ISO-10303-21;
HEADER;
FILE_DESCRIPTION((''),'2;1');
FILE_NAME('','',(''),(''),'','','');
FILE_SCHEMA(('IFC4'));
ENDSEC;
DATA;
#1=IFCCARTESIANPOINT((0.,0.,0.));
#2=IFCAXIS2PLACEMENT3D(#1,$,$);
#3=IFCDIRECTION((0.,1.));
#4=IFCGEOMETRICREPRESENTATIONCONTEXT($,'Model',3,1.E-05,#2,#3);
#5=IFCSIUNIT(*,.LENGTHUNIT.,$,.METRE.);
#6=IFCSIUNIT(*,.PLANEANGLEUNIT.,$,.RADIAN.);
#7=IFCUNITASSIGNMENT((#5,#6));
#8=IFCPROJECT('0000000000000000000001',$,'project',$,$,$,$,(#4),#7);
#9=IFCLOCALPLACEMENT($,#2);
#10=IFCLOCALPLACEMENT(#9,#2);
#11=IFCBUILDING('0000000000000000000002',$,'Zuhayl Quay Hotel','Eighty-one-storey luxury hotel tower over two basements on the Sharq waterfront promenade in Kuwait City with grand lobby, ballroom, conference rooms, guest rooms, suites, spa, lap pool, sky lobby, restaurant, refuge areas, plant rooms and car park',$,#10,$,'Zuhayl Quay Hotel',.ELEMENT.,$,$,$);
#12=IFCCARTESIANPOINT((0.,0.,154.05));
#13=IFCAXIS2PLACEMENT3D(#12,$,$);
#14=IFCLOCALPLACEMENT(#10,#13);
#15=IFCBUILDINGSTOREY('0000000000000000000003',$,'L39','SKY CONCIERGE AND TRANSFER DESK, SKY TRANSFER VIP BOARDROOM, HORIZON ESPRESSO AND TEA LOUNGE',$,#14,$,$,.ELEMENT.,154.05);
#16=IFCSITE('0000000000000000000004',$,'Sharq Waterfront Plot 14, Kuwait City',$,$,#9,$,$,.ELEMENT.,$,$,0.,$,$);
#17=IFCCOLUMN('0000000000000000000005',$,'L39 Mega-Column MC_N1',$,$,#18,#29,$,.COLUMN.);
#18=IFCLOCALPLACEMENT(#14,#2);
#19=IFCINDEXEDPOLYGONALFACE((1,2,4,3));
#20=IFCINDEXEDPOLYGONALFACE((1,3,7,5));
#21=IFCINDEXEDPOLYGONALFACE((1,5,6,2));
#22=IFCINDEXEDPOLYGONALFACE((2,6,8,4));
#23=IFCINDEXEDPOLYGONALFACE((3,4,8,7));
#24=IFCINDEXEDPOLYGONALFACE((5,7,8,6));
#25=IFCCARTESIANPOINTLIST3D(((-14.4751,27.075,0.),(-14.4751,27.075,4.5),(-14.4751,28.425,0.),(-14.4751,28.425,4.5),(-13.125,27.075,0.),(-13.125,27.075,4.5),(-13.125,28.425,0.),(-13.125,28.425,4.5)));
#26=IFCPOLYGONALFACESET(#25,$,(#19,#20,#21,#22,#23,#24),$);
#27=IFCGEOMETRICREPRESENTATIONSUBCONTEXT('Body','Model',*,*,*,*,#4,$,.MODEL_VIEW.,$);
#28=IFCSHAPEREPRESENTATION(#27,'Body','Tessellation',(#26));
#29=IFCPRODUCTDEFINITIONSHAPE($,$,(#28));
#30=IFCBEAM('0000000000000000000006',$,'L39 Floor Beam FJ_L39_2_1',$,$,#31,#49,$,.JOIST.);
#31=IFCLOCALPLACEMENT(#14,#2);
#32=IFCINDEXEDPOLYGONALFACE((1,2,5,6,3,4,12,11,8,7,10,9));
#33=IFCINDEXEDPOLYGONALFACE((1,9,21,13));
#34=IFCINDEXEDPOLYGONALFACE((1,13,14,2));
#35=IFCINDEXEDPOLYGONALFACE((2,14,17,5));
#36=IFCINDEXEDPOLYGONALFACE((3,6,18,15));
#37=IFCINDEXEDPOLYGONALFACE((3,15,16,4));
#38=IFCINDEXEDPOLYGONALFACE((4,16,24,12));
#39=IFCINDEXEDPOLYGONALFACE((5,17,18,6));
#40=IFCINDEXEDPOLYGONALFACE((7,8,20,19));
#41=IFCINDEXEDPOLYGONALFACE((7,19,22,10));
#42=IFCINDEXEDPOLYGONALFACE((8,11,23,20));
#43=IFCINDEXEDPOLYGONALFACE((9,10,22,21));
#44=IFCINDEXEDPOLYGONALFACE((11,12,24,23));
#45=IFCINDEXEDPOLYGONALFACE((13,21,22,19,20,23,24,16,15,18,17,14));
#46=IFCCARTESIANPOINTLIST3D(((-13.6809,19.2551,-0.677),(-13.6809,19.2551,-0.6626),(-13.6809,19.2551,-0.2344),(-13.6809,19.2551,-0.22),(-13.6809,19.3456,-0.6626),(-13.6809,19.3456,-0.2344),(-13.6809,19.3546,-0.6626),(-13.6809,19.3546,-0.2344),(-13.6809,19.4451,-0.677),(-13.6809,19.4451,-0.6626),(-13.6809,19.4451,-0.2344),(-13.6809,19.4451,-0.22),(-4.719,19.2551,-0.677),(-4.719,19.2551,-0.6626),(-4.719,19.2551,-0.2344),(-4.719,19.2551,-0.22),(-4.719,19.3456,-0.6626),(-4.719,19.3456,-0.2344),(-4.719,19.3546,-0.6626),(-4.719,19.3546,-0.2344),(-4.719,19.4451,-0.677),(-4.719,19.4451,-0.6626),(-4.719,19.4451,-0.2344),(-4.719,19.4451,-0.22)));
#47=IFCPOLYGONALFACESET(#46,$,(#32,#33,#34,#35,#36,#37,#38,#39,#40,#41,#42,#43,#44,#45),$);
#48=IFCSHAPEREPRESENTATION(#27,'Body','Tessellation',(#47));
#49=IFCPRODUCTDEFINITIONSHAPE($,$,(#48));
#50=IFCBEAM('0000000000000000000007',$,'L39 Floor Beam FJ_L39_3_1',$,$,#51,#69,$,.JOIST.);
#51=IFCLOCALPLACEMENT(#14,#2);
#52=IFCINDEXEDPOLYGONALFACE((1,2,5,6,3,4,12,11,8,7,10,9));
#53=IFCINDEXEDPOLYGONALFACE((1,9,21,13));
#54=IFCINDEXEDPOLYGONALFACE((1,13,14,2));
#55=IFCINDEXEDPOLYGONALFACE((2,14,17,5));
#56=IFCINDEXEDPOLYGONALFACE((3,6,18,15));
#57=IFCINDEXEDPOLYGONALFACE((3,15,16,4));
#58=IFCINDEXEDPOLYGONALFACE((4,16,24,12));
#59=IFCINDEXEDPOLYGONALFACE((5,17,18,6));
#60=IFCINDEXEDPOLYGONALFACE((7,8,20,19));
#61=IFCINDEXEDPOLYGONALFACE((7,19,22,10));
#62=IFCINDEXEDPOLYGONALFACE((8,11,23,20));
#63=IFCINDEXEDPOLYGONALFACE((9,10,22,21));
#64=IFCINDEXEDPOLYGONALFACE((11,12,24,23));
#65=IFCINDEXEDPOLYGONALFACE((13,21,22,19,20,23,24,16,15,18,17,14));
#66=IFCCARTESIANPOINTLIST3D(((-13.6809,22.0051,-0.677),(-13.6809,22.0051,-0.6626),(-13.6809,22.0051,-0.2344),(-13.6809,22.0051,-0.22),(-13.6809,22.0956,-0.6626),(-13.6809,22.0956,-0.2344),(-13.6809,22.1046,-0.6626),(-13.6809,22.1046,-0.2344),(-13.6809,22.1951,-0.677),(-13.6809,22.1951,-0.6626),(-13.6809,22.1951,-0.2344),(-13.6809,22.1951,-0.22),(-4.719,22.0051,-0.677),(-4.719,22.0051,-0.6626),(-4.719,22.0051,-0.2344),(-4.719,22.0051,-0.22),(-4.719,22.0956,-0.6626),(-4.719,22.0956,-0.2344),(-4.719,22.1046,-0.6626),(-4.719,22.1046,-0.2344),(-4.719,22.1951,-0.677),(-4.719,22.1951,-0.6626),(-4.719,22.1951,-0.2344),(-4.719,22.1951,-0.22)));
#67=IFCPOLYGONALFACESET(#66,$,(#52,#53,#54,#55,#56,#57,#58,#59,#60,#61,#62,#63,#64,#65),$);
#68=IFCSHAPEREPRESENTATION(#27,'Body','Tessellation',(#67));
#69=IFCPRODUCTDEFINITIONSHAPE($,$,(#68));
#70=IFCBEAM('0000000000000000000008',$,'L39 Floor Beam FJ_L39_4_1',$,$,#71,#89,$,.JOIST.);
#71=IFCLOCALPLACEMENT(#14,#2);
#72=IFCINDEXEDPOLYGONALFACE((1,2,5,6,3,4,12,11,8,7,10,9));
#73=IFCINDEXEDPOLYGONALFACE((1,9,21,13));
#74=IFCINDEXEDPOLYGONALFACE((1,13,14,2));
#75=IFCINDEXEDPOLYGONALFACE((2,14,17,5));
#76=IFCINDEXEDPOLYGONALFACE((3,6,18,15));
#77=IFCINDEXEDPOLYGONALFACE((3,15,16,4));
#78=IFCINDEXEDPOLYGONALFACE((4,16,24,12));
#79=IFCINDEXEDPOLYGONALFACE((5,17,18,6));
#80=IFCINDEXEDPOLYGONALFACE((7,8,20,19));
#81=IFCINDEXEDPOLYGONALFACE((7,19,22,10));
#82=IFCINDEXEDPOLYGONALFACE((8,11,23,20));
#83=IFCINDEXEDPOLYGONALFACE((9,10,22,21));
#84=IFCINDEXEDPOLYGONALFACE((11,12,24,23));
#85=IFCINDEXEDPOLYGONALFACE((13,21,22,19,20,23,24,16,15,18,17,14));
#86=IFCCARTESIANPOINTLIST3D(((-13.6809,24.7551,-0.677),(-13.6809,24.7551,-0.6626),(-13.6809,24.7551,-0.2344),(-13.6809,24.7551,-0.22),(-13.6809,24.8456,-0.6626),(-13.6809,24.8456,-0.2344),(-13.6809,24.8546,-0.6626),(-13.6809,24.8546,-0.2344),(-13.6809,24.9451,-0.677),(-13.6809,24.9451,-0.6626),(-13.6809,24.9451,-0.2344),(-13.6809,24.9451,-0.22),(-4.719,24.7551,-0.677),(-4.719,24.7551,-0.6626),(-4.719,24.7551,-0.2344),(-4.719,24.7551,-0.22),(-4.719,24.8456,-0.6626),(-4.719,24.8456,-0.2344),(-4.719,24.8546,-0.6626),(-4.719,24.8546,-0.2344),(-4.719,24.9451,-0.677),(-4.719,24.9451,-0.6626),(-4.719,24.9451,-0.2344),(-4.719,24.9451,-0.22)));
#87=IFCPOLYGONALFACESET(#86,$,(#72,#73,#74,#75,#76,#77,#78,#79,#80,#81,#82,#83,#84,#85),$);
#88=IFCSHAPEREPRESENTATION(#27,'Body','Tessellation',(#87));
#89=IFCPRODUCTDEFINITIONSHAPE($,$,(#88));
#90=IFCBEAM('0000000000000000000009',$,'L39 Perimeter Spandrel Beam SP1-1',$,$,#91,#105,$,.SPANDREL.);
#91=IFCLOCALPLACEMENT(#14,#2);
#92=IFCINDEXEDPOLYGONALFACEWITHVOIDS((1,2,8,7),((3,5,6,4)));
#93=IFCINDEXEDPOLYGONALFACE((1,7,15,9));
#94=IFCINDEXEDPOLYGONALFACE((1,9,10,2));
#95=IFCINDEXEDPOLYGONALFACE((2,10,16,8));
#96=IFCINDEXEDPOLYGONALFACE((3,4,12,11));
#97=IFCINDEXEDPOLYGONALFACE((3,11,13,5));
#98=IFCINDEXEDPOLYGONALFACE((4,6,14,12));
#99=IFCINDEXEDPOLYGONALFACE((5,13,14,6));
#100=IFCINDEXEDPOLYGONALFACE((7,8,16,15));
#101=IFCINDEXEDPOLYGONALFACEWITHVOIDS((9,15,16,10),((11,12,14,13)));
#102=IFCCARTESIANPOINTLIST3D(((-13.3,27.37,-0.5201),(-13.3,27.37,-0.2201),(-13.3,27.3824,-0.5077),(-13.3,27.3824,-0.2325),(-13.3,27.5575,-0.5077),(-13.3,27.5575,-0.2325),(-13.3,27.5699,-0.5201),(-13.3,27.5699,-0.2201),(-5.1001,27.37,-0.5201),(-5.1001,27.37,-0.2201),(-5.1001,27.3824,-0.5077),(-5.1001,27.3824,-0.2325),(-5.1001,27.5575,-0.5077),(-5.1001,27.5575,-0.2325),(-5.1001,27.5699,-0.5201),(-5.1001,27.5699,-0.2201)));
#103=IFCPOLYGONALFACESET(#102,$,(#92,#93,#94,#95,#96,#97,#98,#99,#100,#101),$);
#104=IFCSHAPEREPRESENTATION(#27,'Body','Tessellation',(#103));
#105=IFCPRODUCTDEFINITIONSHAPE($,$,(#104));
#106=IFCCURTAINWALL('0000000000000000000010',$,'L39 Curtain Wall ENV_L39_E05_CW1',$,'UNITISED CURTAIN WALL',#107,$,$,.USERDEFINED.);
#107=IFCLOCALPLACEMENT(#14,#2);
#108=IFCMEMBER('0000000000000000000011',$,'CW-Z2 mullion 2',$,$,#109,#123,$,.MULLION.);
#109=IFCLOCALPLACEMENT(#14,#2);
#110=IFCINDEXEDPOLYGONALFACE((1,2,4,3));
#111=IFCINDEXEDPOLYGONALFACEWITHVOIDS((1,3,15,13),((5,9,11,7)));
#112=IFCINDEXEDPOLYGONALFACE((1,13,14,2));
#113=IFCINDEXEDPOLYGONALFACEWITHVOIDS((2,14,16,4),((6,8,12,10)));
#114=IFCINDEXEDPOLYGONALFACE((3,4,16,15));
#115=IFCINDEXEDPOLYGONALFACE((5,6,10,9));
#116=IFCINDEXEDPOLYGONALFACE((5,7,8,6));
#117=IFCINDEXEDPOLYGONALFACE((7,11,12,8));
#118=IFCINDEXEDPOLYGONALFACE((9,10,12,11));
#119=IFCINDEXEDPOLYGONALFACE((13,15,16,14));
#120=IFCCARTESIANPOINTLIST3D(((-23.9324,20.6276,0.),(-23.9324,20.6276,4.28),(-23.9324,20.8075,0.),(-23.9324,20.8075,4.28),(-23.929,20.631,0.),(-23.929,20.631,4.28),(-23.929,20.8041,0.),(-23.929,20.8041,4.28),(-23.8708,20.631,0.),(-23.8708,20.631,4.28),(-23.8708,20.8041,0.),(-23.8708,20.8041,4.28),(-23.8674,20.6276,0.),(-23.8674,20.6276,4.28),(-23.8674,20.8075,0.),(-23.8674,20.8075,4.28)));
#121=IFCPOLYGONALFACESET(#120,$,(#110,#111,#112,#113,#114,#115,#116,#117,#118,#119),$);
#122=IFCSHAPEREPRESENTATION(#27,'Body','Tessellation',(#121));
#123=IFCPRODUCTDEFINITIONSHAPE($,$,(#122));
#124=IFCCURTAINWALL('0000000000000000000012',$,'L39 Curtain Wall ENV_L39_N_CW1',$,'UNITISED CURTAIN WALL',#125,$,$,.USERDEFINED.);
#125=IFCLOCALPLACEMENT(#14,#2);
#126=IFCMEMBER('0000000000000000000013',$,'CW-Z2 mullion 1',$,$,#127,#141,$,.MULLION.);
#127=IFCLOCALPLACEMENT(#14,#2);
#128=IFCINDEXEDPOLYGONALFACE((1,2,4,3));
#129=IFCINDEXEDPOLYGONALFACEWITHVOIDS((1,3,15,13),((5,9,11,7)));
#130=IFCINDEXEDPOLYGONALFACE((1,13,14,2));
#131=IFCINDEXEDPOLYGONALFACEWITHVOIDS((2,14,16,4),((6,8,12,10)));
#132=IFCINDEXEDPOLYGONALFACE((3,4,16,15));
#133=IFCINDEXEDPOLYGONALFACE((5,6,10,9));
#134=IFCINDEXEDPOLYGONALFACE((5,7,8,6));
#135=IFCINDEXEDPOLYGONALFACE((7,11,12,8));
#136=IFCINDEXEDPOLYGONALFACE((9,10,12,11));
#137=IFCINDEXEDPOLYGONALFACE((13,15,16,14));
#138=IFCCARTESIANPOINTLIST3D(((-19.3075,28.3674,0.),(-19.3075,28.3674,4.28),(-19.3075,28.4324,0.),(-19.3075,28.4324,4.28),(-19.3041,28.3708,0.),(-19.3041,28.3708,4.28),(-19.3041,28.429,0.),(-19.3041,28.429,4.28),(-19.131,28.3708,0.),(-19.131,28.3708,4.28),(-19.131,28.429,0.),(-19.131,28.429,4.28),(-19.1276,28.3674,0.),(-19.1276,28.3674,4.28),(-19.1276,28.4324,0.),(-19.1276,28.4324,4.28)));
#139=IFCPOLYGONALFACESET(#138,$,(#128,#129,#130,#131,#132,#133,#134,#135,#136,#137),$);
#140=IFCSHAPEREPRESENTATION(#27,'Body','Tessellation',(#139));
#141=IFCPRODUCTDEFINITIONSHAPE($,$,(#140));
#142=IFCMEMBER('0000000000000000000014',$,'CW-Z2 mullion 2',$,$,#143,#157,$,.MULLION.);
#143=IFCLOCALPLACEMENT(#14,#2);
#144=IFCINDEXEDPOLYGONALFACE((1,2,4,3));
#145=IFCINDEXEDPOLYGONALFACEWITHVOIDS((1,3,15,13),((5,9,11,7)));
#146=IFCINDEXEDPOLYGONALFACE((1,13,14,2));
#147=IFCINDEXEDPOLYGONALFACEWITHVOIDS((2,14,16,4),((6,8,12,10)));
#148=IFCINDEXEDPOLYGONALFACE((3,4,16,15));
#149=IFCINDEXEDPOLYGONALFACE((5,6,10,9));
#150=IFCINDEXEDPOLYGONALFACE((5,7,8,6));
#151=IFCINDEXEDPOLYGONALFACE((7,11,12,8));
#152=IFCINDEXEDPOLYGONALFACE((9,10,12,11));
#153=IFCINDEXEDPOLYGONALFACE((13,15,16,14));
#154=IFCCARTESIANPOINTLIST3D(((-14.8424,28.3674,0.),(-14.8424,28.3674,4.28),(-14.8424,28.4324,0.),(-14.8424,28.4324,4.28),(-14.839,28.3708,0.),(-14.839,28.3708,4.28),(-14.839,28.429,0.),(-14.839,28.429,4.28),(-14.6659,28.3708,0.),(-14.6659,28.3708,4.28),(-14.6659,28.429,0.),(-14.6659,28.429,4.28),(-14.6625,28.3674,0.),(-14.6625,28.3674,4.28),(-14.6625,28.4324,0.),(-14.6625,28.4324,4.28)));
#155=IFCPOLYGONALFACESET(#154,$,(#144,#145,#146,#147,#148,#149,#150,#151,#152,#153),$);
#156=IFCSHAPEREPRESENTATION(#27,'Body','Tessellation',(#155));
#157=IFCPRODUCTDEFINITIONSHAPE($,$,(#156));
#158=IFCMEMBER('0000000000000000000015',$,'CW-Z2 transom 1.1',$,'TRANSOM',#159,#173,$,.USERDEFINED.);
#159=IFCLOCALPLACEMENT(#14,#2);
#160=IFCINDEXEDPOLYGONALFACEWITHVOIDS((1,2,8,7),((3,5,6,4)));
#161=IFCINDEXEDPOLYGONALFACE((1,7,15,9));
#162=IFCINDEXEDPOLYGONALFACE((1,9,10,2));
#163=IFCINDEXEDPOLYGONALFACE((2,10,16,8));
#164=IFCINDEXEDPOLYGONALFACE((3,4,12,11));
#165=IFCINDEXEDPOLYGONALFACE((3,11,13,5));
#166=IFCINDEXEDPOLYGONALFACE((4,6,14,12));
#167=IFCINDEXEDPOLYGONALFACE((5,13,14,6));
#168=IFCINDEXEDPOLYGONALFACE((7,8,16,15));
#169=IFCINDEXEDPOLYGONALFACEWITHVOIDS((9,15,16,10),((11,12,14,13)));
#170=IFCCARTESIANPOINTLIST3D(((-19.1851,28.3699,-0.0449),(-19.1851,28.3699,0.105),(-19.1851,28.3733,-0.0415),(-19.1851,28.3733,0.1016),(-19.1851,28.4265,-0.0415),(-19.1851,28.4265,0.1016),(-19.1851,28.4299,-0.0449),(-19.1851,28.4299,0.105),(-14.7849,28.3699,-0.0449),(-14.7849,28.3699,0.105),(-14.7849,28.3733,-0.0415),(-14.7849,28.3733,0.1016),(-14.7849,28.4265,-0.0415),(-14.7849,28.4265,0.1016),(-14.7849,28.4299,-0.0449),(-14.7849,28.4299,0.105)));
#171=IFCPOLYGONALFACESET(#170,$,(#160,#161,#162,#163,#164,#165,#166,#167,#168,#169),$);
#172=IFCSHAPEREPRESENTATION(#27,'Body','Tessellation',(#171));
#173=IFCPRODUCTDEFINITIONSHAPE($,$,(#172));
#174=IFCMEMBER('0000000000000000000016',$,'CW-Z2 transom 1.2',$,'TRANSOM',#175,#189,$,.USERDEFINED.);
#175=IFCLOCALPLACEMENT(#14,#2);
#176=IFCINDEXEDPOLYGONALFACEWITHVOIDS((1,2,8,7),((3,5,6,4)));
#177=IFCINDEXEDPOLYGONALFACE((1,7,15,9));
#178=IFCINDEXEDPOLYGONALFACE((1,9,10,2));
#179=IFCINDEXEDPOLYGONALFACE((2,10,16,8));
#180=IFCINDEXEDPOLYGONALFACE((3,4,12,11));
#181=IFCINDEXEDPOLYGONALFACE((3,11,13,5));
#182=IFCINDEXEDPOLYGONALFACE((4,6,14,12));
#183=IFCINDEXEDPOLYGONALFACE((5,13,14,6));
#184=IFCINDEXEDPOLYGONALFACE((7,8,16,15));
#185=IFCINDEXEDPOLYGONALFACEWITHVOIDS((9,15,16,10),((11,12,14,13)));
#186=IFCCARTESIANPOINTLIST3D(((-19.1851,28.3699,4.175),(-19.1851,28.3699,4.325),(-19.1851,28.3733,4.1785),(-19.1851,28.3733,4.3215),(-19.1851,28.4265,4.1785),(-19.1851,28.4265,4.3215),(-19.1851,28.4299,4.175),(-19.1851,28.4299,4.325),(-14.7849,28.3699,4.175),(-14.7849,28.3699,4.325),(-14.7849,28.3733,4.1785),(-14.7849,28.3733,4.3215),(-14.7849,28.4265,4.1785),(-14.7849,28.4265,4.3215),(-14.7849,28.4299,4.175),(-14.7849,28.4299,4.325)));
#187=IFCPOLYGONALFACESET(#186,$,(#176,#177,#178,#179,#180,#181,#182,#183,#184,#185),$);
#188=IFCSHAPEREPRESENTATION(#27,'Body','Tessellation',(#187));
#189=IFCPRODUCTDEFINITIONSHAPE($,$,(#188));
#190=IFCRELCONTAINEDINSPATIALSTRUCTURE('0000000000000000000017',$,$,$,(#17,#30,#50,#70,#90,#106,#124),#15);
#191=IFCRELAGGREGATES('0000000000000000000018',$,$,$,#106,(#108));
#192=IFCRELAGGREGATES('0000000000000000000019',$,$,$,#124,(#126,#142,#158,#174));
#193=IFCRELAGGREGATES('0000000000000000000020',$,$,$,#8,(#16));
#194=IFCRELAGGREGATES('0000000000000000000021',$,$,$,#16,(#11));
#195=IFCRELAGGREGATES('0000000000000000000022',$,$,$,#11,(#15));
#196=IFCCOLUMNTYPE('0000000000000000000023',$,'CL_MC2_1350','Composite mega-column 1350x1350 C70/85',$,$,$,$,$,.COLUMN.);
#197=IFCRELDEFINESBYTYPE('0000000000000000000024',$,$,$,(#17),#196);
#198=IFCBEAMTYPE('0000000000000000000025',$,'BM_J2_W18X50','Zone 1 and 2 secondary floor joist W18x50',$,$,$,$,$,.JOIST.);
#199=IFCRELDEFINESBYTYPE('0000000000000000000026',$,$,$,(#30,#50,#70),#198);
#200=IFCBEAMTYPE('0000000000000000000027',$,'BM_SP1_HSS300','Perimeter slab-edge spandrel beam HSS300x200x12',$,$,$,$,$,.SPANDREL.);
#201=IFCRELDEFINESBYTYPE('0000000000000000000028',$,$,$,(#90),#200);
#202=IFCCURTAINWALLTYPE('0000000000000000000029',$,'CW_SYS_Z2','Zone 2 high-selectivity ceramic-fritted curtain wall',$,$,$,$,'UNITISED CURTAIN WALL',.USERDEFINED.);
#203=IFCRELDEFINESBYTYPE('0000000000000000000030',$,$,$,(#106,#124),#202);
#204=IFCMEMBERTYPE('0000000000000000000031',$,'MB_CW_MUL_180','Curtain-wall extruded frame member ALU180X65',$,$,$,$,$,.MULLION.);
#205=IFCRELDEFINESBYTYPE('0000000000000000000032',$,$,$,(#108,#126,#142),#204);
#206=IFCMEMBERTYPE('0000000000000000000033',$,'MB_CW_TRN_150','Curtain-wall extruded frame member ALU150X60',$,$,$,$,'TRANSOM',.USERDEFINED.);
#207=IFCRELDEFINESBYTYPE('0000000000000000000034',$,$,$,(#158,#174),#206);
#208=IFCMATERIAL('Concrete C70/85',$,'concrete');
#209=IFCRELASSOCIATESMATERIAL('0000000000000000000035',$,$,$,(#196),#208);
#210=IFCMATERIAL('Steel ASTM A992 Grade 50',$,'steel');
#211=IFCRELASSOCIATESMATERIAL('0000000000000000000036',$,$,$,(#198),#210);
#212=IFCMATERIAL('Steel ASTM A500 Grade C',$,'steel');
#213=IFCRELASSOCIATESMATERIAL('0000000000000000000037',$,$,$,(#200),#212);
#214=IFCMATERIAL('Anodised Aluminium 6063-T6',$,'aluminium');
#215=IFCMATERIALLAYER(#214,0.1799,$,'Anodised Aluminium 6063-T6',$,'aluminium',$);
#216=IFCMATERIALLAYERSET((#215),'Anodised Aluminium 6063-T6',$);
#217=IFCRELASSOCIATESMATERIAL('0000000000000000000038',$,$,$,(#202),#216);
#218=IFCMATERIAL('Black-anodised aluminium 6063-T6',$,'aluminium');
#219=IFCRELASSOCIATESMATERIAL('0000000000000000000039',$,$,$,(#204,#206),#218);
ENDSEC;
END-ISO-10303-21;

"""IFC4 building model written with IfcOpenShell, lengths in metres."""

from ifc_helpers import new_model, si_unit, direction, frame, origin, origin_2d, place, context, subcontext, project, spatial, rectangle, hollow_rectangle, i_section, extrude, material, layer, layer_set, material_profile, profile_set, type_object, element, aggregate, save


model = new_model("IFC4")

# Units and contexts
model_context = context("Model", 3, precision=1e-05, world=origin(), true_north=direction((0.0, 1.0)))
body_context = subcontext(model_context, "Body", "Model", "MODEL_VIEW")
ifc_project = project(units=[si_unit("LENGTHUNIT", "METRE"), si_unit("PLANEANGLEUNIT", "RADIAN")], contexts=[model_context])

# Site, building, storey
site_placement = place(None, origin())
site = spatial("IfcSite", under=ifc_project, at=site_placement, Name="Sharq Waterfront Plot 14, Kuwait City", CompositionType="ELEMENT", RefElevation=0.0)
building_placement = place(site_placement, origin())
building = spatial("IfcBuilding", under=site, at=building_placement, Name="Zuhayl Quay Hotel", Description="Eighty-one-storey luxury hotel tower over two basements on the Sharq waterfront promenade in Kuwait City with grand lobby, ballroom, conference rooms, guest rooms, suites, spa, lap pool, sky lobby, restaurant, refuge areas, plant rooms and car park", LongName="Zuhayl Quay Hotel", CompositionType="ELEMENT")
storey_placement = place(building_placement, frame((0.0, 0.0, 154.05)))
storey = spatial("IfcBuildingStorey", under=building, at=storey_placement, Name="L39", Description="SKY CONCIERGE AND TRANSFER DESK, SKY TRANSFER VIP BOARDROOM, HORIZON ESPRESSO AND TEA LOUNGE", CompositionType="ELEMENT", Elevation=154.05)

# Column
ifc_material_1 = material(Name="Concrete C70/85", Category="concrete")
ifc_material_profile_1 = material_profile(ifc_material_1, rectangle(XDim=1.3501, YDim=1.3501, at=origin_2d()), Name="RC1350X1350")
ifc_profile_set_1 = profile_set([ifc_material_profile_1], Name="Concrete C70/85")
column_type = type_object("IfcColumnType", Name="CL_MC2_1350", Description="Composite mega-column 1350x1350 C70/85", PredefinedType="COLUMN", material=ifc_profile_set_1)
column_placement = place(storey_placement, frame((-13.8, 27.75, 0.0), z_axis=(0.0, 0.0, 1.0), x_axis=(1.0, 0.0, 0.0)))
element("IfcColumn", 1, at=column_placement, inside=storey, type_object=column_type, Name="L39 Mega-Column MC_N1", PredefinedType="COLUMN", context=body_context, shape_type="SweptSolid", body=[
    extrude(rectangle(XDim=1.3501, YDim=1.3501, at=origin_2d()), origin(), (0.0, 0.0, 1.0), 4.5),
])

# Beams
ifc_material_2 = material(Name="Steel ASTM A992 Grade 50", Category="steel")
ifc_material_profile_2 = material_profile(ifc_material_2, i_section(OverallWidth=0.1899, OverallDepth=0.457, WebThickness=0.009, FlangeThickness=0.0144, at=origin_2d()), Name="W18X50")
ifc_profile_set_2 = profile_set([ifc_material_profile_2], Name="Steel ASTM A992 Grade 50")
beam_type_1 = type_object("IfcBeamType", Name="BM_J2_W18X50", Description="Zone 1 and 2 secondary floor joist W18x50", PredefinedType="JOIST", material=ifc_profile_set_2)
for number, where, z_axis, x_axis, name in (
    (2, (-13.6809, 19.3501, -0.4485), (1.0, 0.0, 0.0), (0.0, 1.0, 0.0), "L39 Floor Beam FJ_L39_2_1"),
    (3, (-13.6809, 22.1001, -0.4485), (1.0, 0.0, 0.0), (0.0, 1.0, 0.0), "L39 Floor Beam FJ_L39_3_1"),
    (4, (-13.6809, 24.8501, -0.4485), (1.0, 0.0, 0.0), (0.0, 1.0, 0.0), "L39 Floor Beam FJ_L39_4_1"),
):
    element("IfcBeam", number, at=place(storey_placement, frame(where, z_axis=z_axis, x_axis=x_axis)), inside=storey, type_object=beam_type_1, Name=name, PredefinedType="JOIST", context=body_context, shape_type="SweptSolid", body=[
        extrude(i_section(OverallWidth=0.1899, OverallDepth=0.457, WebThickness=0.009, FlangeThickness=0.0144, at=origin_2d()), origin(), (0.0, 0.0, 1.0), 8.9619),
    ])
ifc_material_3 = material(Name="Steel ASTM A500 Grade C", Category="steel")
ifc_material_profile_3 = material_profile(ifc_material_3, hollow_rectangle(XDim=0.2, YDim=0.3, WallThickness=0.0125, at=origin_2d()), Name="HSS300X200X12")
ifc_profile_set_3 = profile_set([ifc_material_profile_3], Name="Steel ASTM A500 Grade C")
beam_type_2 = type_object("IfcBeamType", Name="BM_SP1_HSS300", Description="Perimeter slab-edge spandrel beam HSS300x200x12", PredefinedType="SPANDREL", material=ifc_profile_set_3)
beam_placement = place(storey_placement, frame((-13.3, 27.47, -0.3701), z_axis=(1.0, 0.0, 0.0), x_axis=(0.0, 1.0, 0.0)))
element("IfcBeam", 5, at=beam_placement, inside=storey, type_object=beam_type_2, Name="L39 Perimeter Spandrel Beam SP1-1", PredefinedType="SPANDREL", context=body_context, shape_type="SweptSolid", body=[
    extrude(hollow_rectangle(XDim=0.2, YDim=0.3, WallThickness=0.0125, at=origin_2d()), origin(), (0.0, 0.0, 1.0), 8.2),
])

# Curtain wall, member
ifc_material_4 = material(Name="Anodised Aluminium 6063-T6", Category="aluminium")
ifc_layer_1 = layer(ifc_material_4, 0.1799, Name="Anodised Aluminium 6063-T6", Category="aluminium")
ifc_layer_set_1 = layer_set([ifc_layer_1], Name="Anodised Aluminium 6063-T6")
curtain_wall_type = type_object("IfcCurtainWallType", Name="CW_SYS_Z2", Description="Zone 2 high-selectivity ceramic-fritted curtain wall", ElementType="UNITISED CURTAIN WALL", PredefinedType="USERDEFINED", material=ifc_layer_set_1)
curtain_wall_1_placement = place(storey_placement, origin())
curtain_wall_1 = element("IfcCurtainWall", 6, at=curtain_wall_1_placement, inside=storey, type_object=curtain_wall_type, Name="L39 Curtain Wall ENV_L39_E05_CW1", ObjectType="UNITISED CURTAIN WALL", PredefinedType="USERDEFINED")
ifc_material_5 = material(Name="Black-anodised aluminium 6063-T6", Category="aluminium")
ifc_material_profile_4 = material_profile(ifc_material_5, hollow_rectangle(XDim=0.0649, YDim=0.1799, WallThickness=0.0034, at=origin_2d()), Name="ALU180X65")
ifc_profile_set_4 = profile_set([ifc_material_profile_4], Name="Black-anodised aluminium 6063-T6")
member_type_1 = type_object("IfcMemberType", Name="MB_CW_MUL_180", Description="Curtain-wall extruded frame member ALU180X65", PredefinedType="MULLION", material=ifc_profile_set_4)
member_1_placement = place(storey_placement, frame((-23.8999, 20.7175, 0.0), z_axis=(0.0, 0.0, 1.0), x_axis=(-1.0, 0.0, 0.0)))
member_1 = element("IfcMember", 7, at=member_1_placement, type_object=member_type_1, Name="CW-Z2 mullion 2", PredefinedType="MULLION", context=body_context, shape_type="SweptSolid", body=[
    extrude(hollow_rectangle(XDim=0.0649, YDim=0.1799, WallThickness=0.0034, at=origin_2d()), origin(), (0.0, 0.0, 1.0), 4.28),
])
aggregate(curtain_wall_1, [member_1])

# Curtain wall, members
curtain_wall_2_placement = place(storey_placement, origin())
curtain_wall_2 = element("IfcCurtainWall", 8, at=curtain_wall_2_placement, inside=storey, type_object=curtain_wall_type, Name="L39 Curtain Wall ENV_L39_N_CW1", ObjectType="UNITISED CURTAIN WALL", PredefinedType="USERDEFINED")
member_2_placement = place(storey_placement, frame((-19.2175, 28.3999, 0.0), z_axis=(0.0, 0.0, 1.0), x_axis=(0.0, 1.0, 0.0)))
member_2 = element("IfcMember", 9, at=member_2_placement, type_object=member_type_1, Name="CW-Z2 mullion 1", PredefinedType="MULLION", context=body_context, shape_type="SweptSolid", body=[
    extrude(hollow_rectangle(XDim=0.0649, YDim=0.1799, WallThickness=0.0034, at=origin_2d()), origin(), (0.0, 0.0, 1.0), 4.28),
])
member_3_placement = place(storey_placement, frame((-14.7524, 28.3999, 0.0), z_axis=(0.0, 0.0, 1.0), x_axis=(0.0, 1.0, 0.0)))
member_3 = element("IfcMember", 10, at=member_3_placement, type_object=member_type_1, Name="CW-Z2 mullion 2", PredefinedType="MULLION", context=body_context, shape_type="SweptSolid", body=[
    extrude(hollow_rectangle(XDim=0.0649, YDim=0.1799, WallThickness=0.0034, at=origin_2d()), origin(), (0.0, 0.0, 1.0), 4.28),
])
ifc_material_profile_5 = material_profile(ifc_material_5, hollow_rectangle(XDim=0.0601, YDim=0.1499, WallThickness=0.0034, at=origin_2d()), Name="ALU150X60")
ifc_profile_set_5 = profile_set([ifc_material_profile_5], Name="Black-anodised aluminium 6063-T6")
member_type_2 = type_object("IfcMemberType", Name="MB_CW_TRN_150", Description="Curtain-wall extruded frame member ALU150X60", ElementType="TRANSOM", PredefinedType="USERDEFINED", material=ifc_profile_set_5)
member_4_placement = place(storey_placement, frame((-19.1851, 28.3999, 0.03), z_axis=(1.0, 0.0, 0.0), x_axis=(0.0, 1.0, 0.0)))
member_4 = element("IfcMember", 11, at=member_4_placement, type_object=member_type_2, Name="CW-Z2 transom 1.1", ObjectType="TRANSOM", PredefinedType="USERDEFINED", context=body_context, shape_type="SweptSolid", body=[
    extrude(hollow_rectangle(XDim=0.0601, YDim=0.1499, WallThickness=0.0034, at=origin_2d()), origin(), (0.0, 0.0, 1.0), 4.4001),
])
member_5_placement = place(storey_placement, frame((-19.1851, 28.3999, 4.25), z_axis=(1.0, 0.0, 0.0), x_axis=(0.0, 1.0, 0.0)))
member_5 = element("IfcMember", 12, at=member_5_placement, type_object=member_type_2, Name="CW-Z2 transom 1.2", ObjectType="TRANSOM", PredefinedType="USERDEFINED", context=body_context, shape_type="SweptSolid", body=[
    extrude(hollow_rectangle(XDim=0.0601, YDim=0.1499, WallThickness=0.0034, at=origin_2d()), origin(), (0.0, 0.0, 1.0), 4.4001),
])
aggregate(curtain_wall_2, [member_2, member_3, member_4, member_5])

save(model, "model.ifc")
